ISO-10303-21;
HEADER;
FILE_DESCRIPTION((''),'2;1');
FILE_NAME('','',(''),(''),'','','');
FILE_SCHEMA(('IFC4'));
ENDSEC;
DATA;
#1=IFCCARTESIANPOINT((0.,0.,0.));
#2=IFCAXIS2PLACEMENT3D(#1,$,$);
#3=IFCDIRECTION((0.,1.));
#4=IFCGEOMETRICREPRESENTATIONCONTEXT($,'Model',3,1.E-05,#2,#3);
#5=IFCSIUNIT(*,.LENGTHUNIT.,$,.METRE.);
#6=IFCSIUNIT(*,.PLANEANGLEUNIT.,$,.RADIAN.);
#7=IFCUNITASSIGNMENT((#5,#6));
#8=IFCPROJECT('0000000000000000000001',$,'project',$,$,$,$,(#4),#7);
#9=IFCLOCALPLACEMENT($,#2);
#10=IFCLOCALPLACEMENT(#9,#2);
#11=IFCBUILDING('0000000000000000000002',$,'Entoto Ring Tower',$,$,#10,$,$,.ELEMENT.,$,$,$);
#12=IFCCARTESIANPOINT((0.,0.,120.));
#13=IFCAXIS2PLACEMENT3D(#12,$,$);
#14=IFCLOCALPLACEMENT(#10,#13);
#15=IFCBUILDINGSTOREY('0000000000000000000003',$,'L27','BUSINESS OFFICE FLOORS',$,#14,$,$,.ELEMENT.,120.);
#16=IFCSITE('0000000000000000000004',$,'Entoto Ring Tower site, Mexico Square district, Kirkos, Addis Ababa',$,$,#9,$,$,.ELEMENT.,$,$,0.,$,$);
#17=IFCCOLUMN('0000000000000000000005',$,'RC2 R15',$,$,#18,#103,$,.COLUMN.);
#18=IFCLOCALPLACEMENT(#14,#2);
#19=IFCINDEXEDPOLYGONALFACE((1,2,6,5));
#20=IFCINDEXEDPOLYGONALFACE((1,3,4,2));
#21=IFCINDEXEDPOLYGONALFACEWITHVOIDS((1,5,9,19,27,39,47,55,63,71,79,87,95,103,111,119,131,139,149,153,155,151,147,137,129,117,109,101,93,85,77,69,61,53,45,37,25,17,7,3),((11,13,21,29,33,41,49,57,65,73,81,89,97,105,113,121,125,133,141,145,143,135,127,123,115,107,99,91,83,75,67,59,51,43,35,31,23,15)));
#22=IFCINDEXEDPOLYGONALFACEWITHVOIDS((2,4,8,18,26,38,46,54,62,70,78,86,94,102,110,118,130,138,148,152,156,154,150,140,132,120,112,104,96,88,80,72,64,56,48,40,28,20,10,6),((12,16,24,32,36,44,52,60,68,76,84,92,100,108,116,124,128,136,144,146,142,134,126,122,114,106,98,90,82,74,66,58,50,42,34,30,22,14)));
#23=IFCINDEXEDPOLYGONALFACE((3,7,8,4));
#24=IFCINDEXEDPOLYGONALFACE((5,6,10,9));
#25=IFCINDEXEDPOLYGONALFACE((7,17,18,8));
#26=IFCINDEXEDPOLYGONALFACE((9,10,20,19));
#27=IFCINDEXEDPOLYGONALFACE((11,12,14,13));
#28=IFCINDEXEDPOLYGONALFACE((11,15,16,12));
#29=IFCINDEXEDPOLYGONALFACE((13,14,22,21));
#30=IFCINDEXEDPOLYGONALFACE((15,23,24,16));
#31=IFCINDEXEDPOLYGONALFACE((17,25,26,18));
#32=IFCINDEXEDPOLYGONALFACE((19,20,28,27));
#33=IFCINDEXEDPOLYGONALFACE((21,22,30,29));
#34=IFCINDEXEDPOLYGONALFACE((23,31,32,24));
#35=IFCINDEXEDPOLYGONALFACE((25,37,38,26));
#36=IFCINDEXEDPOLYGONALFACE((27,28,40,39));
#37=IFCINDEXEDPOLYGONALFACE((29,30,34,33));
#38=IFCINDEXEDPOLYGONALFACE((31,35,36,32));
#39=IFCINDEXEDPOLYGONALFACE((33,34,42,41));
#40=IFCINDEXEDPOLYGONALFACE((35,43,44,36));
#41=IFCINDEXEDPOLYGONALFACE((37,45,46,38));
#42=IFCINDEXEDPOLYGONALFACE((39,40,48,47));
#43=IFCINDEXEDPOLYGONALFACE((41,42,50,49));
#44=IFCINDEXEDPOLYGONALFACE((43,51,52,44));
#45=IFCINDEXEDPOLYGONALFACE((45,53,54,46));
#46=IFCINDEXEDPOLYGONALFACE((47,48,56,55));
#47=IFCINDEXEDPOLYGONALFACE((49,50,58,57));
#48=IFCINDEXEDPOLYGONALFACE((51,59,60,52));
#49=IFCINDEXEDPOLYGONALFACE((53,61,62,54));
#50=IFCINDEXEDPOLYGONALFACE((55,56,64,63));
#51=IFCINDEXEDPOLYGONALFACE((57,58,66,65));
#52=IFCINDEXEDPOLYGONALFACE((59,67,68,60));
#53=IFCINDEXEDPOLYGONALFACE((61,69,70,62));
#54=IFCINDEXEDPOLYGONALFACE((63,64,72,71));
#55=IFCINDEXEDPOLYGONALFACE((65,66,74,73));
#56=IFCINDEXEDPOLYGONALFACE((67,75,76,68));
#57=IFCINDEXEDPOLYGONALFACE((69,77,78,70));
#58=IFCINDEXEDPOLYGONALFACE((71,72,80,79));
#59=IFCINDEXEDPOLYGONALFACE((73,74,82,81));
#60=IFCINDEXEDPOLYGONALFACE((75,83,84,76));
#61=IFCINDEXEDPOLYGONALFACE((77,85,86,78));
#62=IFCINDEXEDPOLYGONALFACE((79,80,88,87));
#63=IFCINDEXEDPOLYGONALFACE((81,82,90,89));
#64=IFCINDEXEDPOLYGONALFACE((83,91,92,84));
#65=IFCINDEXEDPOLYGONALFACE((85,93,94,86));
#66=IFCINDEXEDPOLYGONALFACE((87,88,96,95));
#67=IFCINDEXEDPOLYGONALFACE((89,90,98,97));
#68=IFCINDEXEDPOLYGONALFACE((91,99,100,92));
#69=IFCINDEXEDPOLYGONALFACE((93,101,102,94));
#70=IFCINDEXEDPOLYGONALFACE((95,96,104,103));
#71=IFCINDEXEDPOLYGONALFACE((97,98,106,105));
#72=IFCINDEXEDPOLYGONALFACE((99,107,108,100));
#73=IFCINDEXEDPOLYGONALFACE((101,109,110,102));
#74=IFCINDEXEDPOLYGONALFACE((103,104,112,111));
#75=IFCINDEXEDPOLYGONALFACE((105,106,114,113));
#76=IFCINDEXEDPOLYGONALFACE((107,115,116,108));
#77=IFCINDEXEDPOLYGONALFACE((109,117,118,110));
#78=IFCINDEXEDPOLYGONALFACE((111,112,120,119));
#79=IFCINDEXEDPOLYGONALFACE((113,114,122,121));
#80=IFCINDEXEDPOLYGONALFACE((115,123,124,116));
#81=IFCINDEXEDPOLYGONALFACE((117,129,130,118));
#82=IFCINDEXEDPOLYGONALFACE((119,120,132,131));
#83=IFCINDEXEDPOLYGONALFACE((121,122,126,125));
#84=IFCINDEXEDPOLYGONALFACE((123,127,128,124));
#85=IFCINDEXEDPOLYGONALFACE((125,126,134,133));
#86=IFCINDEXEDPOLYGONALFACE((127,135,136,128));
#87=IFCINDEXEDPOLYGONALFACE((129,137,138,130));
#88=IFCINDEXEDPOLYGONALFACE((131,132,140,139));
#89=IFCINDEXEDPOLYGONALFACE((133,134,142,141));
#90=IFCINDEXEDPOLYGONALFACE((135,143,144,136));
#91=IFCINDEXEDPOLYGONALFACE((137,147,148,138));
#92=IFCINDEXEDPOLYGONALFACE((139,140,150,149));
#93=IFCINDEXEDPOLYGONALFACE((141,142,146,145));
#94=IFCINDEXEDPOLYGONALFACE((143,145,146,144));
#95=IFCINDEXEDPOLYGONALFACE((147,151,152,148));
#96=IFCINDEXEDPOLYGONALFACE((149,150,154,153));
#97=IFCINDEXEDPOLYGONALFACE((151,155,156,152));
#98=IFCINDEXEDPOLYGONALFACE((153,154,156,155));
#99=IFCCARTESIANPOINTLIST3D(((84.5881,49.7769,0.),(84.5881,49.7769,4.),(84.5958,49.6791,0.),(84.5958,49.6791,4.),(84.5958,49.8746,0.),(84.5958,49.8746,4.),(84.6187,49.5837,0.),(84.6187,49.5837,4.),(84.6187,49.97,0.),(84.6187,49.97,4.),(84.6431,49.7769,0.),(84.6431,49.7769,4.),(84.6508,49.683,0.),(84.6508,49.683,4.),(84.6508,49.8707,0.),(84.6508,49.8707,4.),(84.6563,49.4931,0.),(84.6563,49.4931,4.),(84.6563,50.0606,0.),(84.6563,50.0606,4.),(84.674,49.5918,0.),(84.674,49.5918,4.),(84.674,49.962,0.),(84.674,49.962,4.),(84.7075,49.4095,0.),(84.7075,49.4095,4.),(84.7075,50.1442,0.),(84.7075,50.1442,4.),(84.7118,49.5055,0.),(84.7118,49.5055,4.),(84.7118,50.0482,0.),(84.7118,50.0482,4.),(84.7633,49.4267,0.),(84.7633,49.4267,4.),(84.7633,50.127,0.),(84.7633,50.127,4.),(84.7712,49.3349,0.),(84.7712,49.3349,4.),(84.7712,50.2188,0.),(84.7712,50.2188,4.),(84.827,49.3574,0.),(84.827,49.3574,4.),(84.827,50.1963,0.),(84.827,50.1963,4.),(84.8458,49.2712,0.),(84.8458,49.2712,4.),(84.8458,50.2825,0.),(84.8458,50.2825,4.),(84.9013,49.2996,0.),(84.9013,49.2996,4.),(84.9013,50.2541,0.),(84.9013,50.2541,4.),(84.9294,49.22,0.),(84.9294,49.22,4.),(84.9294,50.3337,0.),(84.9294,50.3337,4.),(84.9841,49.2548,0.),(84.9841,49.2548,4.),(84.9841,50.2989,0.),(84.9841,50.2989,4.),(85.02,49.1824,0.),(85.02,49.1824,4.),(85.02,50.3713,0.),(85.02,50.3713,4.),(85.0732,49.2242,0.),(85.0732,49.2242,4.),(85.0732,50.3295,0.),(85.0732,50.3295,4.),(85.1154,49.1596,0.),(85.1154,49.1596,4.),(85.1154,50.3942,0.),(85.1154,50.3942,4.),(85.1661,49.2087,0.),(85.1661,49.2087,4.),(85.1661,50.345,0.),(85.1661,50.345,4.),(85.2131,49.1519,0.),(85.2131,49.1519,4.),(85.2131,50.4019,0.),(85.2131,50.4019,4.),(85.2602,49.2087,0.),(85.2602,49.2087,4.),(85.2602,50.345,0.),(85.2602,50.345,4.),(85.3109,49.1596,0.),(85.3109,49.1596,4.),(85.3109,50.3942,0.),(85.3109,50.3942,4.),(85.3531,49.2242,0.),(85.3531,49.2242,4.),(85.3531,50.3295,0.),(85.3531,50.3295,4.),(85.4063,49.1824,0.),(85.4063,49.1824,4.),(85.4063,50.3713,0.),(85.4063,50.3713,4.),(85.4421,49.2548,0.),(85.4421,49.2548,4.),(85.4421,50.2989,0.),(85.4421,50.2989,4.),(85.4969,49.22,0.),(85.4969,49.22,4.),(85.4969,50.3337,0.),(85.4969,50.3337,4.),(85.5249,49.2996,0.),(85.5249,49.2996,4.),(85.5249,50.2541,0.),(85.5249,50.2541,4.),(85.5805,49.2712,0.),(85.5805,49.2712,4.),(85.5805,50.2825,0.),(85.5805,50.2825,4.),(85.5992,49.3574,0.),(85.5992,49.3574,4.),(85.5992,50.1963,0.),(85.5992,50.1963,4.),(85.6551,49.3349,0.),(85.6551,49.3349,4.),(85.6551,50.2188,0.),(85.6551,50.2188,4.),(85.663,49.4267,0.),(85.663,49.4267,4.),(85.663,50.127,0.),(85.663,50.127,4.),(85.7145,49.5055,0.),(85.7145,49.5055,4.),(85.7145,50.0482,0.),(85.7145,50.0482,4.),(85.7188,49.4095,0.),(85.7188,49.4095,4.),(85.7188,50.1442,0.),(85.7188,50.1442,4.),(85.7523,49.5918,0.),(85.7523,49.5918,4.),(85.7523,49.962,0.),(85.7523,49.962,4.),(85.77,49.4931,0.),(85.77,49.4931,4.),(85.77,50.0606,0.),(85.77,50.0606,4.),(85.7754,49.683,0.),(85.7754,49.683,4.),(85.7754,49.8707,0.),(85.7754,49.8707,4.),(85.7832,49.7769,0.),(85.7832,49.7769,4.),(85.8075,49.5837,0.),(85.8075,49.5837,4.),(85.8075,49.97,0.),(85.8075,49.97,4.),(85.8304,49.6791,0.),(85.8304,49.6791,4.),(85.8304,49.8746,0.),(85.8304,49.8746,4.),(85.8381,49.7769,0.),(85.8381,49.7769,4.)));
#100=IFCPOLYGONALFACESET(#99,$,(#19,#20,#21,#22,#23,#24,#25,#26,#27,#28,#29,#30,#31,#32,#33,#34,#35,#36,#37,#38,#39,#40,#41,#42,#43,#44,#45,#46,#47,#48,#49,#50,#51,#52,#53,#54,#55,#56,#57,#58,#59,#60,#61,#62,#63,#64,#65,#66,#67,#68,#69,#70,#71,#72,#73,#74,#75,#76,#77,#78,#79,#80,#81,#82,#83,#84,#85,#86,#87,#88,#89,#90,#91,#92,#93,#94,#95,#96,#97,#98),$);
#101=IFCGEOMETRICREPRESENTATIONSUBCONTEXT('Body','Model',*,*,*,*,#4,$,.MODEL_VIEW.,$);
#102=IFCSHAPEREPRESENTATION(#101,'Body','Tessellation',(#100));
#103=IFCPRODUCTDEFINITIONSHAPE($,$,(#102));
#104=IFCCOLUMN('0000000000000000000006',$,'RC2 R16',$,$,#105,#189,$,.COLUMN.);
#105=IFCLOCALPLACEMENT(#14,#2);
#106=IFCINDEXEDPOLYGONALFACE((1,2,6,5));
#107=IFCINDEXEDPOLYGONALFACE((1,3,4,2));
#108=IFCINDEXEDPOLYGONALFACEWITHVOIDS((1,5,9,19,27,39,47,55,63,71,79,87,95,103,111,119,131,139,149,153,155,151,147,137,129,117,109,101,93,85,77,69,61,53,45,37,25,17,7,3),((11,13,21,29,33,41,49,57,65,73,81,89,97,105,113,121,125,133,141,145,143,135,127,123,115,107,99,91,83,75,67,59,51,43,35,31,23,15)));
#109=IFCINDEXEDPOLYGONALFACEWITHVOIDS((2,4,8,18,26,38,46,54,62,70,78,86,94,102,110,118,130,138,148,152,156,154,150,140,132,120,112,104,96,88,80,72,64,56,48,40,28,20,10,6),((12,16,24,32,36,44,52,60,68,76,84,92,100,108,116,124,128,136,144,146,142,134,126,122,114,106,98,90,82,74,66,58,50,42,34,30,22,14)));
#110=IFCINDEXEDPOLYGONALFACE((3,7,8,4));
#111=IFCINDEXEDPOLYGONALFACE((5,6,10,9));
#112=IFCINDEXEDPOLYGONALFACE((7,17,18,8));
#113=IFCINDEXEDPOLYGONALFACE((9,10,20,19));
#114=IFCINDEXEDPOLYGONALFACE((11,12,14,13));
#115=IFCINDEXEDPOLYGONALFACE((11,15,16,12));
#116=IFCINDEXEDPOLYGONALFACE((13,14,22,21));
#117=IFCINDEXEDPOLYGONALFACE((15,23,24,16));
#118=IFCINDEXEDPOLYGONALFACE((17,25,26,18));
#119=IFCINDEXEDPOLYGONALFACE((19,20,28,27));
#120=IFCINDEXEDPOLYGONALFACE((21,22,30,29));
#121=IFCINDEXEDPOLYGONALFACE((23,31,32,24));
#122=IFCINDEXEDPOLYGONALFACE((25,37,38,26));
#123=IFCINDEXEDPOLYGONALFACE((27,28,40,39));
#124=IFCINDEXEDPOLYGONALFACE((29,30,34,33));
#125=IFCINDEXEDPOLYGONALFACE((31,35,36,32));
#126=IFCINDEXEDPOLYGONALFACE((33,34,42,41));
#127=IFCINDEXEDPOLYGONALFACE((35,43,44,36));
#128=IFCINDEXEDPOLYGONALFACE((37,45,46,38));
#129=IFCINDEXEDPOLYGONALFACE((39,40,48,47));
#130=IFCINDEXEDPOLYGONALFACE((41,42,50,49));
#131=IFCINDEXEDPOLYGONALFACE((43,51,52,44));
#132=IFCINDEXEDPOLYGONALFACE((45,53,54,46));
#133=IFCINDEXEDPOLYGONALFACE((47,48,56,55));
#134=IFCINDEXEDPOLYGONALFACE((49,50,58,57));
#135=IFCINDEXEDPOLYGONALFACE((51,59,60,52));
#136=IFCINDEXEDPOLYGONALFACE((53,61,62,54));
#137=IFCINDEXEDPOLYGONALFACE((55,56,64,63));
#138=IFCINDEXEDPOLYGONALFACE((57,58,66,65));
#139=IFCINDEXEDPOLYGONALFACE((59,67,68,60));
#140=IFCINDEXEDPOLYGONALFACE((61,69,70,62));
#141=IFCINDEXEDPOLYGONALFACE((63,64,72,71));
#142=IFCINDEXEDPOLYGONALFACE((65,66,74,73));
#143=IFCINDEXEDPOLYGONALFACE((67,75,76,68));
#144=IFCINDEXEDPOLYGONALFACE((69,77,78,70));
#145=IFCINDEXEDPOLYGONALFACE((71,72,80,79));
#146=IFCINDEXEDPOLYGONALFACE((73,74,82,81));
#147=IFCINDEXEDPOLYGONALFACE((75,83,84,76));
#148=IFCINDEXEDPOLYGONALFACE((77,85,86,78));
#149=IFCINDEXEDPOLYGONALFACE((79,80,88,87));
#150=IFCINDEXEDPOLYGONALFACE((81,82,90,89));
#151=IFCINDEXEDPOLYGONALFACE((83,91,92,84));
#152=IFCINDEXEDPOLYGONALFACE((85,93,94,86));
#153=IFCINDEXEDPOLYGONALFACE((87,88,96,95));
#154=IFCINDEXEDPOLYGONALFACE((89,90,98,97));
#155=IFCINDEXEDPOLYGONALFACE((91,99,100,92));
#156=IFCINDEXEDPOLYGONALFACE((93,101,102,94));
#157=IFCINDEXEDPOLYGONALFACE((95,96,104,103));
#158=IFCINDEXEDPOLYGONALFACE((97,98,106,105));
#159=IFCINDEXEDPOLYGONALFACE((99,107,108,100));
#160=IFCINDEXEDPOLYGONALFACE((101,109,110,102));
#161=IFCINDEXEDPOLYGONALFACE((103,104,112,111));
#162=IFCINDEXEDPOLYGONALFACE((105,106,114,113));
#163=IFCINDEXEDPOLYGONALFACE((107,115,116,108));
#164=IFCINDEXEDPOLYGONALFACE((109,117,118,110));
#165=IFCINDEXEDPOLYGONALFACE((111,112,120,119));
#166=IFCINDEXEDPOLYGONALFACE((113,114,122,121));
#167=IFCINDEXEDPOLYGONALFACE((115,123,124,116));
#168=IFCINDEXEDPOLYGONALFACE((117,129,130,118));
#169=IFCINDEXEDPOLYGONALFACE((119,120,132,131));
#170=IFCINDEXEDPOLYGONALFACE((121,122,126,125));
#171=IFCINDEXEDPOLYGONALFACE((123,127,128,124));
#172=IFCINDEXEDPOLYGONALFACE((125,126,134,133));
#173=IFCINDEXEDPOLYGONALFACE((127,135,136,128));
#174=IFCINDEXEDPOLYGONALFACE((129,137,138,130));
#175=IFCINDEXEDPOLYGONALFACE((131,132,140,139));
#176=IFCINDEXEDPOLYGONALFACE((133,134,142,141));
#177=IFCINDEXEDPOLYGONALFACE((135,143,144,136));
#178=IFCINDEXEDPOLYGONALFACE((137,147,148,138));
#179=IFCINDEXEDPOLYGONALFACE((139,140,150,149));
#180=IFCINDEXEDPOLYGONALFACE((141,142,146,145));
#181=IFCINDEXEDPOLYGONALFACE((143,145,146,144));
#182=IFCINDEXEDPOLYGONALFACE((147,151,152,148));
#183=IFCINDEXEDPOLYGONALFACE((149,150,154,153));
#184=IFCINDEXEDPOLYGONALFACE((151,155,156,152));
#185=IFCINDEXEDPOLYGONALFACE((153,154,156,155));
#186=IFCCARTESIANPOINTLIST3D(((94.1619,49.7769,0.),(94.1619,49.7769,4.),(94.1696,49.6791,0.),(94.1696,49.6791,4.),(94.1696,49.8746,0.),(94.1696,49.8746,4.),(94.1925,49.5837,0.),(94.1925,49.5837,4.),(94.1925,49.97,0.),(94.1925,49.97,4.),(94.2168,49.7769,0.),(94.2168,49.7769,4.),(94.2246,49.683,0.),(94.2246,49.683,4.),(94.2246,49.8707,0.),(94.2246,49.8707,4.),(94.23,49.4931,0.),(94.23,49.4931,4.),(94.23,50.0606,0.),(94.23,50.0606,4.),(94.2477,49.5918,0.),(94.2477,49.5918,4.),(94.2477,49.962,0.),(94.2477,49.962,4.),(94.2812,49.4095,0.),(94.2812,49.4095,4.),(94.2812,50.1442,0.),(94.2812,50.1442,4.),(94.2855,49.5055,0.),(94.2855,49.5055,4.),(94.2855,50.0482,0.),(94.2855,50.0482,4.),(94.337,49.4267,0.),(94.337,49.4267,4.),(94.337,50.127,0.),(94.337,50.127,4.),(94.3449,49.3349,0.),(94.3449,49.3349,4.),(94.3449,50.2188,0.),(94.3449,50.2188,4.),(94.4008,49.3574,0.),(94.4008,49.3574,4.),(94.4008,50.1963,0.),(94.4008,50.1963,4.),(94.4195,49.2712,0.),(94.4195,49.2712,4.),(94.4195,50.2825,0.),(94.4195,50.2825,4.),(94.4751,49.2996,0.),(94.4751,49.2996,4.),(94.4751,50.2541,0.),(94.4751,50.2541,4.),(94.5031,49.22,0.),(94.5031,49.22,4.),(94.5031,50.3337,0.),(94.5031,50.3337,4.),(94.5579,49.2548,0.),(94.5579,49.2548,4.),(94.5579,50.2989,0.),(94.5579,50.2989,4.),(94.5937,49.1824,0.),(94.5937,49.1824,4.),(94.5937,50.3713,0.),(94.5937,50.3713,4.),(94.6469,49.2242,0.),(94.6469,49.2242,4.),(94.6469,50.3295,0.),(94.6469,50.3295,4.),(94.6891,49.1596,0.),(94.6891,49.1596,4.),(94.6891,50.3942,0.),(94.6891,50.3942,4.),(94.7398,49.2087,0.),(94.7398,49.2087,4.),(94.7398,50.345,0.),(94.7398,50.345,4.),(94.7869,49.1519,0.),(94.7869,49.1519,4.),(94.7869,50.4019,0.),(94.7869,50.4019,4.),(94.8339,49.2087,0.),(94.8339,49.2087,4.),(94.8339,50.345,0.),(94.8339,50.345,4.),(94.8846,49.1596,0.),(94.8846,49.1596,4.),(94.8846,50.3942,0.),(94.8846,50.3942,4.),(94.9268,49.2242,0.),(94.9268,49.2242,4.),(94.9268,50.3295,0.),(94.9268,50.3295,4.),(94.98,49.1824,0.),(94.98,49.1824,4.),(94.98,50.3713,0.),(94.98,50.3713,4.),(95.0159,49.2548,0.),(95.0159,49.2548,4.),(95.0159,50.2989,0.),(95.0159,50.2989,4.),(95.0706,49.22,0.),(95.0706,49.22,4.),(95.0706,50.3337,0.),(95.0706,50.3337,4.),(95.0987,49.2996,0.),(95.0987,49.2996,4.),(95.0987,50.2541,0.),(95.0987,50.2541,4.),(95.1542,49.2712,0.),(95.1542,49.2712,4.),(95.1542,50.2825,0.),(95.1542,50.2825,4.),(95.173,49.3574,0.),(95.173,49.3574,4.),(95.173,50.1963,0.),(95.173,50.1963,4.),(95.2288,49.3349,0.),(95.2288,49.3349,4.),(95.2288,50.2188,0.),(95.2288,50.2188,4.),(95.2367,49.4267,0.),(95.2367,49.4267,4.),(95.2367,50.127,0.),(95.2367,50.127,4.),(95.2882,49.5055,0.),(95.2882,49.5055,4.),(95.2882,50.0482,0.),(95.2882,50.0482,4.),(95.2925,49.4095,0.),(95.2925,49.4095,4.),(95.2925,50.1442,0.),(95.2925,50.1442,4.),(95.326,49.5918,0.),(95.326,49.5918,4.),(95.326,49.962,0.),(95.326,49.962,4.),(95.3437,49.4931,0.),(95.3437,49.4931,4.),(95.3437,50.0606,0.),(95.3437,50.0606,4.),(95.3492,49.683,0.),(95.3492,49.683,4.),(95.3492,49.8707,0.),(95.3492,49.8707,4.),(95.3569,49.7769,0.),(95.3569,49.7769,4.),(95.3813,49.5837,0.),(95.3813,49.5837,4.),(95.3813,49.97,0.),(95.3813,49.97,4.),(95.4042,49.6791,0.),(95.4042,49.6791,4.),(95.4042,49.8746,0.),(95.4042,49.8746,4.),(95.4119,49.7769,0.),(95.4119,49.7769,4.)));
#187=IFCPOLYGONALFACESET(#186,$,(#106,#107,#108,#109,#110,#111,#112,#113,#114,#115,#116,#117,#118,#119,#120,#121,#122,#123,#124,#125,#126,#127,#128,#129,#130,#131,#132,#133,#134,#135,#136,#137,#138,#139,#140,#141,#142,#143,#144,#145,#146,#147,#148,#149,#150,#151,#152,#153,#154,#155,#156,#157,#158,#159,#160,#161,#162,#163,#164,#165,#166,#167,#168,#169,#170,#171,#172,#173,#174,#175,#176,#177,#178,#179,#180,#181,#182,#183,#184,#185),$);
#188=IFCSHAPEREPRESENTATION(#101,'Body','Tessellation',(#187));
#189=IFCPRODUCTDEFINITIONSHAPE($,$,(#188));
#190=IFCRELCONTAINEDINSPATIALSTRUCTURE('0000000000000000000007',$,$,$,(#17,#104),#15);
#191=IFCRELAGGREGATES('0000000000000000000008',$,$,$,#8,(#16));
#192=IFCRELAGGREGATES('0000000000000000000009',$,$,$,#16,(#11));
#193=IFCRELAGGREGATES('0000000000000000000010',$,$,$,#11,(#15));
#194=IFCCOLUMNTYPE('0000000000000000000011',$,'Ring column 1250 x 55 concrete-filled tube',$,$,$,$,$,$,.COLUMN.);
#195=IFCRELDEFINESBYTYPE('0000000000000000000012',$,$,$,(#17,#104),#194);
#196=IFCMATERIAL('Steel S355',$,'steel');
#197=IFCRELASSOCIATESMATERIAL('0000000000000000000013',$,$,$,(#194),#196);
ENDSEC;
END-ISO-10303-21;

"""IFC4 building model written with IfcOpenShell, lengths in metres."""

from ifc_helpers import new_model, si_unit, direction, frame, origin, origin_2d, place, context, subcontext, project, spatial, circle, hollow_circle, extrude, material, material_profile, profile_set, type_object, element, save


model = new_model("IFC4")

# Units and contexts
model_context = context("Model", 3, precision=1e-05, world=origin(), true_north=direction((0.0, 1.0)))
body_context = subcontext(model_context, "Body", "Model", "MODEL_VIEW")
ifc_project = project(units=[si_unit("LENGTHUNIT", "METRE"), si_unit("PLANEANGLEUNIT", "RADIAN")], contexts=[model_context])

# Site, building, storey
site_placement = place(None, origin())
site = spatial("IfcSite", under=ifc_project, at=site_placement, Name="Entoto Ring Tower site, Mexico Square district, Kirkos, Addis Ababa", CompositionType="ELEMENT", RefElevation=0.0)
building_placement = place(site_placement, origin())
building = spatial("IfcBuilding", under=site, at=building_placement, Name="Entoto Ring Tower", CompositionType="ELEMENT")
storey_placement = place(building_placement, frame((0.0, 0.0, 120.0)))
storey = spatial("IfcBuildingStorey", under=building, at=storey_placement, Name="L27", Description="BUSINESS OFFICE FLOORS", CompositionType="ELEMENT", Elevation=120.0)

# Columns
ifc_material_1 = material(Name="Steel S355", Category="steel")
ifc_material_profile_1 = material_profile(ifc_material_1, hollow_circle(Radius=0.625, WallThickness=0.0549, at=origin_2d()), Name="CHS 1250 x 55")
ifc_material_2 = material(Name="Concrete C60/75", Category="concrete")
ifc_material_profile_2 = material_profile(ifc_material_2, circle(Radius=0.5701, at=origin_2d()), Name="Concrete C60/75 infill")
ifc_profile_set_1 = profile_set([ifc_material_profile_1, ifc_material_profile_2], Name="Steel S355")
column_type = type_object("IfcColumnType", Name="Ring column 1250 x 55 concrete-filled tube", PredefinedType="COLUMN", material=ifc_profile_set_1)
for number, where, z_axis, x_axis, name in (
    (1, (85.2131, 49.7769, 0.0), (0.0, 0.0, 1.0), (1.0, 0.0, 0.0), "RC2 R15"),
    (2, (94.7869, 49.7769, 0.0), (0.0, 0.0, 1.0), (1.0, 0.0, 0.0), "RC2 R16"),
):
    element("IfcColumn", number, at=place(storey_placement, frame(where, z_axis=z_axis, x_axis=x_axis)), inside=storey, type_object=column_type, Name=name, PredefinedType="COLUMN", context=body_context, shape_type="SweptSolid", body=[
        extrude(hollow_circle(Radius=0.625, WallThickness=0.0549, at=origin_2d()), origin(), (0.0, 0.0, 1.0), 4.0),
    ])

save(model, "model.ifc")
